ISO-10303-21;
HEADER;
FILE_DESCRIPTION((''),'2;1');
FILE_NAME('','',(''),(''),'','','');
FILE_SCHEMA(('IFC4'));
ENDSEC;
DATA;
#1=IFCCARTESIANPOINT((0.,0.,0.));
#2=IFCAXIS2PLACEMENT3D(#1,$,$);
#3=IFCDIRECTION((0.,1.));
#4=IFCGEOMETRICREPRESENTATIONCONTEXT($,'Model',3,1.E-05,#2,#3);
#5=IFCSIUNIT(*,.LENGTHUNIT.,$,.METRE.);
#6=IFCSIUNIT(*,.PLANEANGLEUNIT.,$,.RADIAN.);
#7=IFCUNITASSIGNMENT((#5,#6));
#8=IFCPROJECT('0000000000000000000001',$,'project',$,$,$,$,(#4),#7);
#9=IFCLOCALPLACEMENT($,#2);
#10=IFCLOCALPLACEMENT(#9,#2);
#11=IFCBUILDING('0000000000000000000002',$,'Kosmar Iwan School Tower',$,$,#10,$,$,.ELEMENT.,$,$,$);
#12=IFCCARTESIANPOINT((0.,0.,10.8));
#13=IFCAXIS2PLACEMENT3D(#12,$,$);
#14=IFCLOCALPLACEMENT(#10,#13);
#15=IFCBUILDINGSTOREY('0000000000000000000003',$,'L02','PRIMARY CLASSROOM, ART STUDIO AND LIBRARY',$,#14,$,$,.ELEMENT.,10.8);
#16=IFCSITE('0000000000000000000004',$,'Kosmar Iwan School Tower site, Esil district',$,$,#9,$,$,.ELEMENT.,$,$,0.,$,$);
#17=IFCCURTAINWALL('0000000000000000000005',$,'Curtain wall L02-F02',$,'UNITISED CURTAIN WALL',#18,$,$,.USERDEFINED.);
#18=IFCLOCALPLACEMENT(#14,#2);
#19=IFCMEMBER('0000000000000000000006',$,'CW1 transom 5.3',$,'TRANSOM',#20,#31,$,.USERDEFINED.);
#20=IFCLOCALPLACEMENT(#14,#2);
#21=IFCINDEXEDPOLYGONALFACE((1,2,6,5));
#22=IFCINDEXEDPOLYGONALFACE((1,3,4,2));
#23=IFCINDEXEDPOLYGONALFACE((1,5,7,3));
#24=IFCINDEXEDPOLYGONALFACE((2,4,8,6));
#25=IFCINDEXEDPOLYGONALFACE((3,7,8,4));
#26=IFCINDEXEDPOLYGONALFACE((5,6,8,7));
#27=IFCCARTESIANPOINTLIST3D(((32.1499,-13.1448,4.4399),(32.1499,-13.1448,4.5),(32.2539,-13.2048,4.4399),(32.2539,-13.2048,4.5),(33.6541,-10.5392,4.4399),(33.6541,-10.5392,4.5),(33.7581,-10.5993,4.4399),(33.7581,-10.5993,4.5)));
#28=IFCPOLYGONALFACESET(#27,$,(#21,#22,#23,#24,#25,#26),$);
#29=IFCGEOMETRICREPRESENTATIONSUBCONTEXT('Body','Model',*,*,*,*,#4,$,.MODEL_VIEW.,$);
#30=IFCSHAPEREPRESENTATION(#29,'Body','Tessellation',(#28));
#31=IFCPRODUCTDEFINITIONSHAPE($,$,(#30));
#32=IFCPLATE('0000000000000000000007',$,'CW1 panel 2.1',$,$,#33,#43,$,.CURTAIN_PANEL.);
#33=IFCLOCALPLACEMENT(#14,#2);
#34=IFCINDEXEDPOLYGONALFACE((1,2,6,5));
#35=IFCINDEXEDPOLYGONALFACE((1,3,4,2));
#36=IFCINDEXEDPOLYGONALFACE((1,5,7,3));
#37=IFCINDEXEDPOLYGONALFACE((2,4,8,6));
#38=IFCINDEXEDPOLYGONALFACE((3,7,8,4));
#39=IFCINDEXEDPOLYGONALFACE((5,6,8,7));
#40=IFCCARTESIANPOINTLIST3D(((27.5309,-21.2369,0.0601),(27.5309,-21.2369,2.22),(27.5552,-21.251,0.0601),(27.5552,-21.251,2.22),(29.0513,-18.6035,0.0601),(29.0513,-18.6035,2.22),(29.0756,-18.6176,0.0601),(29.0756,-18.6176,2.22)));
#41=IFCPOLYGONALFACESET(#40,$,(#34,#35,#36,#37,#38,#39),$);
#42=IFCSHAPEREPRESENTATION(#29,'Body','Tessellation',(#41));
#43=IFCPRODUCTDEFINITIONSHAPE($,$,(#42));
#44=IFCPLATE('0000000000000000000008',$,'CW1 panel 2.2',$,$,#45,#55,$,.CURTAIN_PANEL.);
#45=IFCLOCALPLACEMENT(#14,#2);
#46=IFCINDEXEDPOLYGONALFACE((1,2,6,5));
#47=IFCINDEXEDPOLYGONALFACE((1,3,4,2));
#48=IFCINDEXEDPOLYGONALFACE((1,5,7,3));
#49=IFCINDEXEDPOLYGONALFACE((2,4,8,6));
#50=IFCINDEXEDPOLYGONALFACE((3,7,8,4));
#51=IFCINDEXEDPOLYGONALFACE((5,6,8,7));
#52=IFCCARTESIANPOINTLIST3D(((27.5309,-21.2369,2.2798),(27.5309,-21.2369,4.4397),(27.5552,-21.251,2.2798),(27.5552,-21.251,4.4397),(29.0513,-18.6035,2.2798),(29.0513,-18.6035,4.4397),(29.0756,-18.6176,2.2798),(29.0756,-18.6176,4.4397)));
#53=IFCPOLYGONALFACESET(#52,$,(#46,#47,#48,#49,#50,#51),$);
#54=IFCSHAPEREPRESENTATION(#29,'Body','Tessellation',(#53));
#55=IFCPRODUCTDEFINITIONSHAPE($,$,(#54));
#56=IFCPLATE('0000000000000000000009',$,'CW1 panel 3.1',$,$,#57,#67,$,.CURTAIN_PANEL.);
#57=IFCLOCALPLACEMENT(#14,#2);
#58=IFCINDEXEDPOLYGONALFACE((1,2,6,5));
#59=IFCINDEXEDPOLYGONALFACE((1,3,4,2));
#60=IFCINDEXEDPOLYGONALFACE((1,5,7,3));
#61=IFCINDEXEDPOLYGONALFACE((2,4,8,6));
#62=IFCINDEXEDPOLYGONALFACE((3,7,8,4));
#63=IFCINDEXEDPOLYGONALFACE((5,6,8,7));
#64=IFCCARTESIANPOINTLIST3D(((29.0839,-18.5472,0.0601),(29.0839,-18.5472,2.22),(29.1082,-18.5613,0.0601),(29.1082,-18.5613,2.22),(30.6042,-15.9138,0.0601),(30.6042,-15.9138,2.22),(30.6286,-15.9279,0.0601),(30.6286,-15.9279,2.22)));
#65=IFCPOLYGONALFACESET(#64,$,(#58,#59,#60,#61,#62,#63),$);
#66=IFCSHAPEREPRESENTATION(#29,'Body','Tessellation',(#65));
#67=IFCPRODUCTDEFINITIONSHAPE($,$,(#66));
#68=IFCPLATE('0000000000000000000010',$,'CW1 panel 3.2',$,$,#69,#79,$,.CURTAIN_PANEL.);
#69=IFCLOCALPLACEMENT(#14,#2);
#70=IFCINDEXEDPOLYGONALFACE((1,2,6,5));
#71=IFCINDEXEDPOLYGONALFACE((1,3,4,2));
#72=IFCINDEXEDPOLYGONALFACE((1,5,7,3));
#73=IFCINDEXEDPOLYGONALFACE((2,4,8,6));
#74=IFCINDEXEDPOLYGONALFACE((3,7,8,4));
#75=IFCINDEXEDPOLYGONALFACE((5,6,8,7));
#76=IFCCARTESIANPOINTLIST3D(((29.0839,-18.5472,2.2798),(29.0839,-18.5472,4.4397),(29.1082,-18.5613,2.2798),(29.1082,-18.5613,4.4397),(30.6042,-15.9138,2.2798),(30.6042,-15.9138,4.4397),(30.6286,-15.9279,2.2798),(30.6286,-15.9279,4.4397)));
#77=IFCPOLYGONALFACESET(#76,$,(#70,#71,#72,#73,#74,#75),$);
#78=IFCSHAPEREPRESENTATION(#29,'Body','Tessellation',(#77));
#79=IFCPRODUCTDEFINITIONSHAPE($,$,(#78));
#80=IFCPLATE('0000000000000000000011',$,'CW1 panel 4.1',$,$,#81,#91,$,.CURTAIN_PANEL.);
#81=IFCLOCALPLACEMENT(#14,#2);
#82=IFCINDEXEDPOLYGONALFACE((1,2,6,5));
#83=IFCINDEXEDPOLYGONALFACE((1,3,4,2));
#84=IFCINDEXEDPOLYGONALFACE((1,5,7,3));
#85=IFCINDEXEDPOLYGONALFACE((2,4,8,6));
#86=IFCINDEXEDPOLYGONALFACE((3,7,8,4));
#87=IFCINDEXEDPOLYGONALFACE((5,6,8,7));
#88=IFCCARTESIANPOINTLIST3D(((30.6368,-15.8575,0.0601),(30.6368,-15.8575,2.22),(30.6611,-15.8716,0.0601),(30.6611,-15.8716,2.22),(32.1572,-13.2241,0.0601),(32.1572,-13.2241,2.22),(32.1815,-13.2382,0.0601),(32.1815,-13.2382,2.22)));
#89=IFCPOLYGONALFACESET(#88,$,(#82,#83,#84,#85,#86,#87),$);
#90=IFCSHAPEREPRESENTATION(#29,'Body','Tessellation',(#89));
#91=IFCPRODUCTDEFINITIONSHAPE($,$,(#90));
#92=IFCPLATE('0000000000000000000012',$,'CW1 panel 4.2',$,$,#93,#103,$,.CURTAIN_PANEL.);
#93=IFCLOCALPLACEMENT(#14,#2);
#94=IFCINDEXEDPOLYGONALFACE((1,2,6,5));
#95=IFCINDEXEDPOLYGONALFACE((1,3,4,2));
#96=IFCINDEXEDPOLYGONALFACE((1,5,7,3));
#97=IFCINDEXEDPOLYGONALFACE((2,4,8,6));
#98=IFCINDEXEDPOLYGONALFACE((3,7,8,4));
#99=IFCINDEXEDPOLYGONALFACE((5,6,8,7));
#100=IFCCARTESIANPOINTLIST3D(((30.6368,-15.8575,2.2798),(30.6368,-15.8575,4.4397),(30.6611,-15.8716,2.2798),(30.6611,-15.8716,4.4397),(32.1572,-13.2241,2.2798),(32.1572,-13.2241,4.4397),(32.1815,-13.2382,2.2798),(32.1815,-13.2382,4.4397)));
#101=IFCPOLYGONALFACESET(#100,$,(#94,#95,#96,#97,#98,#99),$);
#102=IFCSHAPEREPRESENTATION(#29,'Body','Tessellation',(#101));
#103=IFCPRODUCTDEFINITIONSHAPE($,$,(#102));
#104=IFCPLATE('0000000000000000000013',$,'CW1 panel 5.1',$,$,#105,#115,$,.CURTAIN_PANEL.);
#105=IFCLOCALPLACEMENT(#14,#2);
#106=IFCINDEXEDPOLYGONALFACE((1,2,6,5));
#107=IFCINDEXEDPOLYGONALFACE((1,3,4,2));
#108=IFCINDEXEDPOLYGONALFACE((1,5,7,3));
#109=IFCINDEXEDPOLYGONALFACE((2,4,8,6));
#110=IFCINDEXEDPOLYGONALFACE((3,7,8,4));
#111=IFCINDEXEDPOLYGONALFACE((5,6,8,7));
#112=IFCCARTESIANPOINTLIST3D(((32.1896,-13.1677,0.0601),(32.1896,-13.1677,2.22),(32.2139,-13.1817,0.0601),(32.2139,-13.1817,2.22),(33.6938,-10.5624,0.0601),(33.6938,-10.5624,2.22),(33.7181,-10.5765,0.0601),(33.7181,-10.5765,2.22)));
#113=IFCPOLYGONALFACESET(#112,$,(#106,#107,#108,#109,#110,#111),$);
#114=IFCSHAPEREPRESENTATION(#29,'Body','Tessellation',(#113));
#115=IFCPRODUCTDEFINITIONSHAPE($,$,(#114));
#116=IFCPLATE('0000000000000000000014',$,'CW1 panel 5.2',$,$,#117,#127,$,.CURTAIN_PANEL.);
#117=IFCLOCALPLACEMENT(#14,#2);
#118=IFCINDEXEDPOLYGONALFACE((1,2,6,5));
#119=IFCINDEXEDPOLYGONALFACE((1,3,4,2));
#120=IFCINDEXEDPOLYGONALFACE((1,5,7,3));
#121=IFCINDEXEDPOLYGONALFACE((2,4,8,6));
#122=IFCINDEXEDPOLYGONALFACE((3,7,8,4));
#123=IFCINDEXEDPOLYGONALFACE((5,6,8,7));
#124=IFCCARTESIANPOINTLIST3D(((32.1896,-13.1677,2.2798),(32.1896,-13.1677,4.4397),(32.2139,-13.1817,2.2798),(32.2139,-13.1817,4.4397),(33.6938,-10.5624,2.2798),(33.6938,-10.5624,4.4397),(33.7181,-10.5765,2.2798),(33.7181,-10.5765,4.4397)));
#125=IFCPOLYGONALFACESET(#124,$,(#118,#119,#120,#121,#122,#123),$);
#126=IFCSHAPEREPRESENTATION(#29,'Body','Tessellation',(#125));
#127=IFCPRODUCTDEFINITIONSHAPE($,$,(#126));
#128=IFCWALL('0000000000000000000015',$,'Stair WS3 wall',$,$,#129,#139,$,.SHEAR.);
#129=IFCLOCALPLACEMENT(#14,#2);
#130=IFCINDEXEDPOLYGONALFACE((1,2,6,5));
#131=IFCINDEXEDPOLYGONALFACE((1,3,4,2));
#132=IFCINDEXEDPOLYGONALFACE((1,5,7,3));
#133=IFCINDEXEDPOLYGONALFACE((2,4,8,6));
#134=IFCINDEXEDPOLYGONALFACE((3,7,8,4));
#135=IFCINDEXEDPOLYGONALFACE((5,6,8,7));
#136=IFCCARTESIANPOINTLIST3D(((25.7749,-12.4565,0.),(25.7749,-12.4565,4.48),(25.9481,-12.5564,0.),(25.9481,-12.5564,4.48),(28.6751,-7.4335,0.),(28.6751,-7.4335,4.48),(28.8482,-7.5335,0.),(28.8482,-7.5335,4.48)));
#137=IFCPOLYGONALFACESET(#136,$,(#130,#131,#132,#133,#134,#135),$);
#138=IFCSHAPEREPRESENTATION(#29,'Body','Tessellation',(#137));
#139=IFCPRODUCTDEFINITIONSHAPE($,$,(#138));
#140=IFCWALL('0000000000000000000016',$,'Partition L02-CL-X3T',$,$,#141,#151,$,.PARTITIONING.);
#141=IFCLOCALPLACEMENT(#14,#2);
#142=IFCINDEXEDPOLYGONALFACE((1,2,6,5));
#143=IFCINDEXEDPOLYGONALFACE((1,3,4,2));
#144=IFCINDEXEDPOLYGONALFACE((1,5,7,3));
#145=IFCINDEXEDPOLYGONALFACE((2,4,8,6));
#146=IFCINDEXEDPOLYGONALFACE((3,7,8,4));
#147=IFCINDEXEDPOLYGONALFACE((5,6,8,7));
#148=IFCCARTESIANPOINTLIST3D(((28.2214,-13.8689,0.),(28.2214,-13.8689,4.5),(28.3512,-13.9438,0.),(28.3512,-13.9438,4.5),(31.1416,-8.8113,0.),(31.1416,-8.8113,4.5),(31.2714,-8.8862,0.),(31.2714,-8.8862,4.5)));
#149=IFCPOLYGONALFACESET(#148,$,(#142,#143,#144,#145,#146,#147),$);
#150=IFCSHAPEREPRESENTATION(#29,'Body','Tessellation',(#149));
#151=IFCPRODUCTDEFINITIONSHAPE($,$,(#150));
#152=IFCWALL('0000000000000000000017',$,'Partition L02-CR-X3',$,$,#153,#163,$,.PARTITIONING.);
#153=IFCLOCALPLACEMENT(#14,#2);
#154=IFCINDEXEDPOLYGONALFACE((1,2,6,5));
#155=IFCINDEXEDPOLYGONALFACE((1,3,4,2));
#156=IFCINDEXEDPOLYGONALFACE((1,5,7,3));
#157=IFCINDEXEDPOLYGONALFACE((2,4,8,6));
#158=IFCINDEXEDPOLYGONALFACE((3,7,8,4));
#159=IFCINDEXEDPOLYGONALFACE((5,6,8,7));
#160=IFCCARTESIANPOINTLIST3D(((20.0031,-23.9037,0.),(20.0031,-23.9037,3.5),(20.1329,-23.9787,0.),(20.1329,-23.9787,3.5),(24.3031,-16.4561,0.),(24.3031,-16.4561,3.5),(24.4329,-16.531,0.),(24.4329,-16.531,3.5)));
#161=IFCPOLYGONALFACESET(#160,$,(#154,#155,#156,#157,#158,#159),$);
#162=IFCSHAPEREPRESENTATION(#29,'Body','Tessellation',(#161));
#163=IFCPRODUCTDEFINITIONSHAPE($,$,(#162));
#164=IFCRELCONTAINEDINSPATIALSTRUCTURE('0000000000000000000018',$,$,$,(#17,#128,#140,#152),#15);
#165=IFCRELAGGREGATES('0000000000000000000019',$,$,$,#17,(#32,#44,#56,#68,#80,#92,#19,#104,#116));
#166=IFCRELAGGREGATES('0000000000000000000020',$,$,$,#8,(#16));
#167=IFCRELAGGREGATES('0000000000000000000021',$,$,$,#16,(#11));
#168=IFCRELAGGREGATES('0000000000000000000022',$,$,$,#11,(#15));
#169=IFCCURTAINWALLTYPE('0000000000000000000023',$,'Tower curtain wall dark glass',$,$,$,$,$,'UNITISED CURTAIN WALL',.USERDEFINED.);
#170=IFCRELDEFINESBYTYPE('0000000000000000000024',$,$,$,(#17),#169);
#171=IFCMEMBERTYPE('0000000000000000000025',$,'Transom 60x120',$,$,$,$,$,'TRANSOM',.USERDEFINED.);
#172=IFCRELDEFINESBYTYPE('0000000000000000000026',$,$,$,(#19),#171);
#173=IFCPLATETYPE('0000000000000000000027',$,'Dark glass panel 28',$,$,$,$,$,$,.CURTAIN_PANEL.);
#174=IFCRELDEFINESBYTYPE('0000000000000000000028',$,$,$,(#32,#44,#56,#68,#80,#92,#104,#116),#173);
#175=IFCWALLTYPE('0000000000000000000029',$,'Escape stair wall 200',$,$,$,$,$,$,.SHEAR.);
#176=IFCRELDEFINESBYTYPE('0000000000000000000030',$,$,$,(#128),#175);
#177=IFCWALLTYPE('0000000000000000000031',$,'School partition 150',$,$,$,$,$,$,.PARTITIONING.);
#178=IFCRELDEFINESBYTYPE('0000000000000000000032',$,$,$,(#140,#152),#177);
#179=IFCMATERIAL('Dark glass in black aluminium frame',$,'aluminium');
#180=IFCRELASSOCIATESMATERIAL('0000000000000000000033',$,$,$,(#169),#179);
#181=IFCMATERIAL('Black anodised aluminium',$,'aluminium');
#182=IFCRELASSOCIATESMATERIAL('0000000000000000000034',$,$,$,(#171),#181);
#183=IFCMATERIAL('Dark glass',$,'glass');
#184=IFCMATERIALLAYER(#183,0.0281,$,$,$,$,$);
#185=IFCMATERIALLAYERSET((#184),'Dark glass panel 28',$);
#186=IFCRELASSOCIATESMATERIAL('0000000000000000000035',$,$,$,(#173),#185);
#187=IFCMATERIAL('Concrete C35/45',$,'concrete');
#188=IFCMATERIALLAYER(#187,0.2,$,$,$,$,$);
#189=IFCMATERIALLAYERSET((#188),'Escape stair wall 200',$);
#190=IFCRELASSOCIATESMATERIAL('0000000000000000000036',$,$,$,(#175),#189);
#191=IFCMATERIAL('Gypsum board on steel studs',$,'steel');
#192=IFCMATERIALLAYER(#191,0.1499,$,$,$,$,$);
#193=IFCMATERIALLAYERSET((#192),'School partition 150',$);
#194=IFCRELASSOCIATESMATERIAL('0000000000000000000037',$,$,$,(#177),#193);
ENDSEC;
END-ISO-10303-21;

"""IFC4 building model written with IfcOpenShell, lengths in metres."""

from ifc_helpers import new_model, si_unit, direction, frame, frame_2d, origin, origin_2d, place, context, subcontext, project, spatial, rectangle, extrude, material, layer, layer_set, material_profile, profile_set, type_object, element, aggregate, save


model = new_model("IFC4")

# Units and contexts
model_context = context("Model", 3, precision=1e-05, world=origin(), true_north=direction((0.0, 1.0)))
body_context = subcontext(model_context, "Body", "Model", "MODEL_VIEW")
ifc_project = project(units=[si_unit("LENGTHUNIT", "METRE"), si_unit("PLANEANGLEUNIT", "RADIAN")], contexts=[model_context])

# Site, building, storey
site_placement = place(None, origin())
site = spatial("IfcSite", under=ifc_project, at=site_placement, Name="Kosmar Iwan School Tower site, Esil district", CompositionType="ELEMENT", RefElevation=0.0)
building_placement = place(site_placement, origin())
building = spatial("IfcBuilding", under=site, at=building_placement, Name="Kosmar Iwan School Tower", CompositionType="ELEMENT")
storey_placement = place(building_placement, frame((0.0, 0.0, 10.8)))
storey = spatial("IfcBuildingStorey", under=building, at=storey_placement, Name="L02", Description="PRIMARY CLASSROOM, ART STUDIO AND LIBRARY", CompositionType="ELEMENT", Elevation=10.8)

# Curtain wall, member, plates
ifc_material_1 = material(Name="Dark glass in black aluminium frame", Category="aluminium")
curtain_wall_type = type_object("IfcCurtainWallType", Name="Tower curtain wall dark glass", ElementType="UNITISED CURTAIN WALL", PredefinedType="USERDEFINED", material=ifc_material_1)
curtain_wall_placement = place(storey_placement, origin())
curtain_wall = element("IfcCurtainWall", 1, at=curtain_wall_placement, inside=storey, type_object=curtain_wall_type, Name="Curtain wall L02-F02", ObjectType="UNITISED CURTAIN WALL", PredefinedType="USERDEFINED")
ifc_material_2 = material(Name="Black anodised aluminium", Category="aluminium")
ifc_material_profile_1 = material_profile(ifc_material_2, rectangle(XDim=0.1201, YDim=0.0601, at=origin_2d()), Name="TRANSOM 60x120")
ifc_profile_set_1 = profile_set([ifc_material_profile_1], Name="Black anodised aluminium")
member_type_1 = type_object("IfcMemberType", Name="Transom 60x120", ElementType="TRANSOM", PredefinedType="USERDEFINED", material=ifc_profile_set_1)
member_1_placement = place(storey_placement, frame((32.2019, -13.1748, 4.47), z_axis=(0.499971, 0.866042, 0.0), x_axis=(-0.866042, 0.499971, 0.0)))
member_1 = element("IfcMember", 2, at=member_1_placement, type_object=member_type_1, Name="CW1 transom 5.3", ObjectType="TRANSOM", PredefinedType="USERDEFINED", context=body_context, shape_type="SweptSolid", body=[
    extrude(rectangle(XDim=0.1201, YDim=0.0601, at=origin_2d()), origin(), (0.0, 0.0, 1.0), 3.0085),
])
ifc_material_3 = material(Name="Dark glass", Category="glass")
ifc_layer_1 = layer(ifc_material_3, 0.0281)
ifc_layer_set_1 = layer_set([ifc_layer_1], Name="Dark glass panel 28")
plate_type = type_object("IfcPlateType", Name="Dark glass panel 28", PredefinedType="CURTAIN_PANEL", material=ifc_layer_set_1)
plate_1_placement = place(storey_placement, frame((28.3032, -19.9272, 0.0601), z_axis=(0.0, 0.0, 1.0), x_axis=(0.5, 0.866025, 0.0)))
plate_1 = element("IfcPlate", 3, at=plate_1_placement, type_object=plate_type, Name="CW1 panel 2.1", PredefinedType="CURTAIN_PANEL", context=body_context, shape_type="SweptSolid", body=[
    extrude(rectangle(XDim=3.0408, YDim=0.0281, at=origin_2d()), origin(), (0.0, 0.0, 1.0), 2.1599),
])
plate_2_placement = place(storey_placement, frame((28.3032, -19.9272, 2.2798), z_axis=(0.0, 0.0, 1.0), x_axis=(0.5, 0.866025, 0.0)))
plate_2 = element("IfcPlate", 4, at=plate_2_placement, type_object=plate_type, Name="CW1 panel 2.2", PredefinedType="CURTAIN_PANEL", context=body_context, shape_type="SweptSolid", body=[
    extrude(rectangle(XDim=3.0408, YDim=0.0281, at=origin_2d()), origin(), (0.0, 0.0, 1.0), 2.1599),
])
plate_3_placement = place(storey_placement, frame((29.8562, -17.2375, 0.0601), z_axis=(0.0, 0.0, 1.0), x_axis=(0.5, 0.866025, 0.0)))
plate_3 = element("IfcPlate", 5, at=plate_3_placement, type_object=plate_type, Name="CW1 panel 3.1", PredefinedType="CURTAIN_PANEL", context=body_context, shape_type="SweptSolid", body=[
    extrude(rectangle(XDim=3.0408, YDim=0.0281, at=origin_2d()), origin(), (0.0, 0.0, 1.0), 2.1599),
])
plate_4_placement = place(storey_placement, frame((29.8562, -17.2375, 2.2798), z_axis=(0.0, 0.0, 1.0), x_axis=(0.5, 0.866025, 0.0)))
plate_4 = element("IfcPlate", 6, at=plate_4_placement, type_object=plate_type, Name="CW1 panel 3.2", PredefinedType="CURTAIN_PANEL", context=body_context, shape_type="SweptSolid", body=[
    extrude(rectangle(XDim=3.0408, YDim=0.0281, at=origin_2d()), origin(), (0.0, 0.0, 1.0), 2.1599),
])
plate_5_placement = place(storey_placement, frame((31.4092, -14.5479, 0.0601), z_axis=(0.0, 0.0, 1.0), x_axis=(0.5, 0.866025, 0.0)))
plate_5 = element("IfcPlate", 7, at=plate_5_placement, type_object=plate_type, Name="CW1 panel 4.1", PredefinedType="CURTAIN_PANEL", context=body_context, shape_type="SweptSolid", body=[
    extrude(rectangle(XDim=3.0408, YDim=0.0281, at=origin_2d()), origin(), (0.0, 0.0, 1.0), 2.1599),
])
plate_6_placement = place(storey_placement, frame((31.4092, -14.5479, 2.2798), z_axis=(0.0, 0.0, 1.0), x_axis=(0.5, 0.866025, 0.0)))
plate_6 = element("IfcPlate", 8, at=plate_6_placement, type_object=plate_type, Name="CW1 panel 4.2", PredefinedType="CURTAIN_PANEL", context=body_context, shape_type="SweptSolid", body=[
    extrude(rectangle(XDim=3.0408, YDim=0.0281, at=origin_2d()), origin(), (0.0, 0.0, 1.0), 2.1599),
])
plate_7_placement = place(storey_placement, frame((32.9539, -11.8721, 0.0601), z_axis=(0.0, 0.0, 1.0), x_axis=(0.5, 0.866025, 0.0)))
plate_7 = element("IfcPlate", 9, at=plate_7_placement, type_object=plate_type, Name="CW1 panel 5.1", PredefinedType="CURTAIN_PANEL", context=body_context, shape_type="SweptSolid", body=[
    extrude(rectangle(XDim=3.0083, YDim=0.0281, at=origin_2d()), origin(), (0.0, 0.0, 1.0), 2.1599),
])
plate_8_placement = place(storey_placement, frame((32.9539, -11.8721, 2.2798), z_axis=(0.0, 0.0, 1.0), x_axis=(0.5, 0.866025, 0.0)))
plate_8 = element("IfcPlate", 10, at=plate_8_placement, type_object=plate_type, Name="CW1 panel 5.2", PredefinedType="CURTAIN_PANEL", context=body_context, shape_type="SweptSolid", body=[
    extrude(rectangle(XDim=3.0083, YDim=0.0281, at=origin_2d()), origin(), (0.0, 0.0, 1.0), 2.1599),
])
aggregate(curtain_wall, [plate_1, plate_2, plate_3, plate_4, plate_5, plate_6, member_1, plate_7, plate_8])

# Walls
ifc_material_4 = material(Name="Concrete C35/45", Category="concrete")
ifc_layer_2 = layer(ifc_material_4, 0.2)
ifc_layer_set_2 = layer_set([ifc_layer_2], Name="Escape stair wall 200")
wall_type_1 = type_object("IfcWallType", Name="Escape stair wall 200", PredefinedType="SHEAR", material=ifc_layer_set_2)
wall_1_placement = place(storey_placement, frame((25.8616, -12.5063, 0.0), z_axis=(0.0, 0.0, 1.0), x_axis=(0.500019, 0.866015, 0.0)))
element("IfcWall", 11, at=wall_1_placement, inside=storey, type_object=wall_type_1, Name="Stair WS3 wall", PredefinedType="SHEAR", context=body_context, shape_type="SweptSolid", body=[
    extrude(rectangle(XDim=5.8, YDim=0.2, at=frame_2d((2.8999, 0.0))), origin(), (0.0, 0.0, 1.0), 4.48),
])
ifc_material_5 = material(Name="Gypsum board on steel studs", Category="steel")
ifc_layer_3 = layer(ifc_material_5, 0.1499)
ifc_layer_set_3 = layer_set([ifc_layer_3], Name="School partition 150")
wall_type_2 = type_object("IfcWallType", Name="School partition 150", PredefinedType="PARTITIONING", material=ifc_layer_set_3)
wall_2_placement = place(storey_placement, frame((28.2864, -13.9062, 0.0), z_axis=(0.0, 0.0, 1.0), x_axis=(0.500019, 0.866014, 0.0)))
element("IfcWall", 12, at=wall_2_placement, inside=storey, type_object=wall_type_2, Name="Partition L02-CL-X3T", PredefinedType="PARTITIONING", context=body_context, shape_type="SweptSolid", body=[
    extrude(rectangle(XDim=5.8401, YDim=0.1499, at=frame_2d((2.9199, 0.0))), origin(), (0.0, 0.0, 1.0), 4.5),
])
wall_3_placement = place(storey_placement, frame((24.3679, -16.4937, 0.0), z_axis=(0.0, 0.0, 1.0), x_axis=(-0.500008, -0.866021, 0.0)))
element("IfcWall", 13, at=wall_3_placement, inside=storey, type_object=wall_type_2, Name="Partition L02-CR-X3", PredefinedType="PARTITIONING", context=body_context, shape_type="SweptSolid", body=[
    extrude(rectangle(XDim=8.5999, YDim=0.1499, at=frame_2d((4.2998, 0.0))), origin(), (0.0, 0.0, 1.0), 3.5),
])

save(model, "model.ifc")
